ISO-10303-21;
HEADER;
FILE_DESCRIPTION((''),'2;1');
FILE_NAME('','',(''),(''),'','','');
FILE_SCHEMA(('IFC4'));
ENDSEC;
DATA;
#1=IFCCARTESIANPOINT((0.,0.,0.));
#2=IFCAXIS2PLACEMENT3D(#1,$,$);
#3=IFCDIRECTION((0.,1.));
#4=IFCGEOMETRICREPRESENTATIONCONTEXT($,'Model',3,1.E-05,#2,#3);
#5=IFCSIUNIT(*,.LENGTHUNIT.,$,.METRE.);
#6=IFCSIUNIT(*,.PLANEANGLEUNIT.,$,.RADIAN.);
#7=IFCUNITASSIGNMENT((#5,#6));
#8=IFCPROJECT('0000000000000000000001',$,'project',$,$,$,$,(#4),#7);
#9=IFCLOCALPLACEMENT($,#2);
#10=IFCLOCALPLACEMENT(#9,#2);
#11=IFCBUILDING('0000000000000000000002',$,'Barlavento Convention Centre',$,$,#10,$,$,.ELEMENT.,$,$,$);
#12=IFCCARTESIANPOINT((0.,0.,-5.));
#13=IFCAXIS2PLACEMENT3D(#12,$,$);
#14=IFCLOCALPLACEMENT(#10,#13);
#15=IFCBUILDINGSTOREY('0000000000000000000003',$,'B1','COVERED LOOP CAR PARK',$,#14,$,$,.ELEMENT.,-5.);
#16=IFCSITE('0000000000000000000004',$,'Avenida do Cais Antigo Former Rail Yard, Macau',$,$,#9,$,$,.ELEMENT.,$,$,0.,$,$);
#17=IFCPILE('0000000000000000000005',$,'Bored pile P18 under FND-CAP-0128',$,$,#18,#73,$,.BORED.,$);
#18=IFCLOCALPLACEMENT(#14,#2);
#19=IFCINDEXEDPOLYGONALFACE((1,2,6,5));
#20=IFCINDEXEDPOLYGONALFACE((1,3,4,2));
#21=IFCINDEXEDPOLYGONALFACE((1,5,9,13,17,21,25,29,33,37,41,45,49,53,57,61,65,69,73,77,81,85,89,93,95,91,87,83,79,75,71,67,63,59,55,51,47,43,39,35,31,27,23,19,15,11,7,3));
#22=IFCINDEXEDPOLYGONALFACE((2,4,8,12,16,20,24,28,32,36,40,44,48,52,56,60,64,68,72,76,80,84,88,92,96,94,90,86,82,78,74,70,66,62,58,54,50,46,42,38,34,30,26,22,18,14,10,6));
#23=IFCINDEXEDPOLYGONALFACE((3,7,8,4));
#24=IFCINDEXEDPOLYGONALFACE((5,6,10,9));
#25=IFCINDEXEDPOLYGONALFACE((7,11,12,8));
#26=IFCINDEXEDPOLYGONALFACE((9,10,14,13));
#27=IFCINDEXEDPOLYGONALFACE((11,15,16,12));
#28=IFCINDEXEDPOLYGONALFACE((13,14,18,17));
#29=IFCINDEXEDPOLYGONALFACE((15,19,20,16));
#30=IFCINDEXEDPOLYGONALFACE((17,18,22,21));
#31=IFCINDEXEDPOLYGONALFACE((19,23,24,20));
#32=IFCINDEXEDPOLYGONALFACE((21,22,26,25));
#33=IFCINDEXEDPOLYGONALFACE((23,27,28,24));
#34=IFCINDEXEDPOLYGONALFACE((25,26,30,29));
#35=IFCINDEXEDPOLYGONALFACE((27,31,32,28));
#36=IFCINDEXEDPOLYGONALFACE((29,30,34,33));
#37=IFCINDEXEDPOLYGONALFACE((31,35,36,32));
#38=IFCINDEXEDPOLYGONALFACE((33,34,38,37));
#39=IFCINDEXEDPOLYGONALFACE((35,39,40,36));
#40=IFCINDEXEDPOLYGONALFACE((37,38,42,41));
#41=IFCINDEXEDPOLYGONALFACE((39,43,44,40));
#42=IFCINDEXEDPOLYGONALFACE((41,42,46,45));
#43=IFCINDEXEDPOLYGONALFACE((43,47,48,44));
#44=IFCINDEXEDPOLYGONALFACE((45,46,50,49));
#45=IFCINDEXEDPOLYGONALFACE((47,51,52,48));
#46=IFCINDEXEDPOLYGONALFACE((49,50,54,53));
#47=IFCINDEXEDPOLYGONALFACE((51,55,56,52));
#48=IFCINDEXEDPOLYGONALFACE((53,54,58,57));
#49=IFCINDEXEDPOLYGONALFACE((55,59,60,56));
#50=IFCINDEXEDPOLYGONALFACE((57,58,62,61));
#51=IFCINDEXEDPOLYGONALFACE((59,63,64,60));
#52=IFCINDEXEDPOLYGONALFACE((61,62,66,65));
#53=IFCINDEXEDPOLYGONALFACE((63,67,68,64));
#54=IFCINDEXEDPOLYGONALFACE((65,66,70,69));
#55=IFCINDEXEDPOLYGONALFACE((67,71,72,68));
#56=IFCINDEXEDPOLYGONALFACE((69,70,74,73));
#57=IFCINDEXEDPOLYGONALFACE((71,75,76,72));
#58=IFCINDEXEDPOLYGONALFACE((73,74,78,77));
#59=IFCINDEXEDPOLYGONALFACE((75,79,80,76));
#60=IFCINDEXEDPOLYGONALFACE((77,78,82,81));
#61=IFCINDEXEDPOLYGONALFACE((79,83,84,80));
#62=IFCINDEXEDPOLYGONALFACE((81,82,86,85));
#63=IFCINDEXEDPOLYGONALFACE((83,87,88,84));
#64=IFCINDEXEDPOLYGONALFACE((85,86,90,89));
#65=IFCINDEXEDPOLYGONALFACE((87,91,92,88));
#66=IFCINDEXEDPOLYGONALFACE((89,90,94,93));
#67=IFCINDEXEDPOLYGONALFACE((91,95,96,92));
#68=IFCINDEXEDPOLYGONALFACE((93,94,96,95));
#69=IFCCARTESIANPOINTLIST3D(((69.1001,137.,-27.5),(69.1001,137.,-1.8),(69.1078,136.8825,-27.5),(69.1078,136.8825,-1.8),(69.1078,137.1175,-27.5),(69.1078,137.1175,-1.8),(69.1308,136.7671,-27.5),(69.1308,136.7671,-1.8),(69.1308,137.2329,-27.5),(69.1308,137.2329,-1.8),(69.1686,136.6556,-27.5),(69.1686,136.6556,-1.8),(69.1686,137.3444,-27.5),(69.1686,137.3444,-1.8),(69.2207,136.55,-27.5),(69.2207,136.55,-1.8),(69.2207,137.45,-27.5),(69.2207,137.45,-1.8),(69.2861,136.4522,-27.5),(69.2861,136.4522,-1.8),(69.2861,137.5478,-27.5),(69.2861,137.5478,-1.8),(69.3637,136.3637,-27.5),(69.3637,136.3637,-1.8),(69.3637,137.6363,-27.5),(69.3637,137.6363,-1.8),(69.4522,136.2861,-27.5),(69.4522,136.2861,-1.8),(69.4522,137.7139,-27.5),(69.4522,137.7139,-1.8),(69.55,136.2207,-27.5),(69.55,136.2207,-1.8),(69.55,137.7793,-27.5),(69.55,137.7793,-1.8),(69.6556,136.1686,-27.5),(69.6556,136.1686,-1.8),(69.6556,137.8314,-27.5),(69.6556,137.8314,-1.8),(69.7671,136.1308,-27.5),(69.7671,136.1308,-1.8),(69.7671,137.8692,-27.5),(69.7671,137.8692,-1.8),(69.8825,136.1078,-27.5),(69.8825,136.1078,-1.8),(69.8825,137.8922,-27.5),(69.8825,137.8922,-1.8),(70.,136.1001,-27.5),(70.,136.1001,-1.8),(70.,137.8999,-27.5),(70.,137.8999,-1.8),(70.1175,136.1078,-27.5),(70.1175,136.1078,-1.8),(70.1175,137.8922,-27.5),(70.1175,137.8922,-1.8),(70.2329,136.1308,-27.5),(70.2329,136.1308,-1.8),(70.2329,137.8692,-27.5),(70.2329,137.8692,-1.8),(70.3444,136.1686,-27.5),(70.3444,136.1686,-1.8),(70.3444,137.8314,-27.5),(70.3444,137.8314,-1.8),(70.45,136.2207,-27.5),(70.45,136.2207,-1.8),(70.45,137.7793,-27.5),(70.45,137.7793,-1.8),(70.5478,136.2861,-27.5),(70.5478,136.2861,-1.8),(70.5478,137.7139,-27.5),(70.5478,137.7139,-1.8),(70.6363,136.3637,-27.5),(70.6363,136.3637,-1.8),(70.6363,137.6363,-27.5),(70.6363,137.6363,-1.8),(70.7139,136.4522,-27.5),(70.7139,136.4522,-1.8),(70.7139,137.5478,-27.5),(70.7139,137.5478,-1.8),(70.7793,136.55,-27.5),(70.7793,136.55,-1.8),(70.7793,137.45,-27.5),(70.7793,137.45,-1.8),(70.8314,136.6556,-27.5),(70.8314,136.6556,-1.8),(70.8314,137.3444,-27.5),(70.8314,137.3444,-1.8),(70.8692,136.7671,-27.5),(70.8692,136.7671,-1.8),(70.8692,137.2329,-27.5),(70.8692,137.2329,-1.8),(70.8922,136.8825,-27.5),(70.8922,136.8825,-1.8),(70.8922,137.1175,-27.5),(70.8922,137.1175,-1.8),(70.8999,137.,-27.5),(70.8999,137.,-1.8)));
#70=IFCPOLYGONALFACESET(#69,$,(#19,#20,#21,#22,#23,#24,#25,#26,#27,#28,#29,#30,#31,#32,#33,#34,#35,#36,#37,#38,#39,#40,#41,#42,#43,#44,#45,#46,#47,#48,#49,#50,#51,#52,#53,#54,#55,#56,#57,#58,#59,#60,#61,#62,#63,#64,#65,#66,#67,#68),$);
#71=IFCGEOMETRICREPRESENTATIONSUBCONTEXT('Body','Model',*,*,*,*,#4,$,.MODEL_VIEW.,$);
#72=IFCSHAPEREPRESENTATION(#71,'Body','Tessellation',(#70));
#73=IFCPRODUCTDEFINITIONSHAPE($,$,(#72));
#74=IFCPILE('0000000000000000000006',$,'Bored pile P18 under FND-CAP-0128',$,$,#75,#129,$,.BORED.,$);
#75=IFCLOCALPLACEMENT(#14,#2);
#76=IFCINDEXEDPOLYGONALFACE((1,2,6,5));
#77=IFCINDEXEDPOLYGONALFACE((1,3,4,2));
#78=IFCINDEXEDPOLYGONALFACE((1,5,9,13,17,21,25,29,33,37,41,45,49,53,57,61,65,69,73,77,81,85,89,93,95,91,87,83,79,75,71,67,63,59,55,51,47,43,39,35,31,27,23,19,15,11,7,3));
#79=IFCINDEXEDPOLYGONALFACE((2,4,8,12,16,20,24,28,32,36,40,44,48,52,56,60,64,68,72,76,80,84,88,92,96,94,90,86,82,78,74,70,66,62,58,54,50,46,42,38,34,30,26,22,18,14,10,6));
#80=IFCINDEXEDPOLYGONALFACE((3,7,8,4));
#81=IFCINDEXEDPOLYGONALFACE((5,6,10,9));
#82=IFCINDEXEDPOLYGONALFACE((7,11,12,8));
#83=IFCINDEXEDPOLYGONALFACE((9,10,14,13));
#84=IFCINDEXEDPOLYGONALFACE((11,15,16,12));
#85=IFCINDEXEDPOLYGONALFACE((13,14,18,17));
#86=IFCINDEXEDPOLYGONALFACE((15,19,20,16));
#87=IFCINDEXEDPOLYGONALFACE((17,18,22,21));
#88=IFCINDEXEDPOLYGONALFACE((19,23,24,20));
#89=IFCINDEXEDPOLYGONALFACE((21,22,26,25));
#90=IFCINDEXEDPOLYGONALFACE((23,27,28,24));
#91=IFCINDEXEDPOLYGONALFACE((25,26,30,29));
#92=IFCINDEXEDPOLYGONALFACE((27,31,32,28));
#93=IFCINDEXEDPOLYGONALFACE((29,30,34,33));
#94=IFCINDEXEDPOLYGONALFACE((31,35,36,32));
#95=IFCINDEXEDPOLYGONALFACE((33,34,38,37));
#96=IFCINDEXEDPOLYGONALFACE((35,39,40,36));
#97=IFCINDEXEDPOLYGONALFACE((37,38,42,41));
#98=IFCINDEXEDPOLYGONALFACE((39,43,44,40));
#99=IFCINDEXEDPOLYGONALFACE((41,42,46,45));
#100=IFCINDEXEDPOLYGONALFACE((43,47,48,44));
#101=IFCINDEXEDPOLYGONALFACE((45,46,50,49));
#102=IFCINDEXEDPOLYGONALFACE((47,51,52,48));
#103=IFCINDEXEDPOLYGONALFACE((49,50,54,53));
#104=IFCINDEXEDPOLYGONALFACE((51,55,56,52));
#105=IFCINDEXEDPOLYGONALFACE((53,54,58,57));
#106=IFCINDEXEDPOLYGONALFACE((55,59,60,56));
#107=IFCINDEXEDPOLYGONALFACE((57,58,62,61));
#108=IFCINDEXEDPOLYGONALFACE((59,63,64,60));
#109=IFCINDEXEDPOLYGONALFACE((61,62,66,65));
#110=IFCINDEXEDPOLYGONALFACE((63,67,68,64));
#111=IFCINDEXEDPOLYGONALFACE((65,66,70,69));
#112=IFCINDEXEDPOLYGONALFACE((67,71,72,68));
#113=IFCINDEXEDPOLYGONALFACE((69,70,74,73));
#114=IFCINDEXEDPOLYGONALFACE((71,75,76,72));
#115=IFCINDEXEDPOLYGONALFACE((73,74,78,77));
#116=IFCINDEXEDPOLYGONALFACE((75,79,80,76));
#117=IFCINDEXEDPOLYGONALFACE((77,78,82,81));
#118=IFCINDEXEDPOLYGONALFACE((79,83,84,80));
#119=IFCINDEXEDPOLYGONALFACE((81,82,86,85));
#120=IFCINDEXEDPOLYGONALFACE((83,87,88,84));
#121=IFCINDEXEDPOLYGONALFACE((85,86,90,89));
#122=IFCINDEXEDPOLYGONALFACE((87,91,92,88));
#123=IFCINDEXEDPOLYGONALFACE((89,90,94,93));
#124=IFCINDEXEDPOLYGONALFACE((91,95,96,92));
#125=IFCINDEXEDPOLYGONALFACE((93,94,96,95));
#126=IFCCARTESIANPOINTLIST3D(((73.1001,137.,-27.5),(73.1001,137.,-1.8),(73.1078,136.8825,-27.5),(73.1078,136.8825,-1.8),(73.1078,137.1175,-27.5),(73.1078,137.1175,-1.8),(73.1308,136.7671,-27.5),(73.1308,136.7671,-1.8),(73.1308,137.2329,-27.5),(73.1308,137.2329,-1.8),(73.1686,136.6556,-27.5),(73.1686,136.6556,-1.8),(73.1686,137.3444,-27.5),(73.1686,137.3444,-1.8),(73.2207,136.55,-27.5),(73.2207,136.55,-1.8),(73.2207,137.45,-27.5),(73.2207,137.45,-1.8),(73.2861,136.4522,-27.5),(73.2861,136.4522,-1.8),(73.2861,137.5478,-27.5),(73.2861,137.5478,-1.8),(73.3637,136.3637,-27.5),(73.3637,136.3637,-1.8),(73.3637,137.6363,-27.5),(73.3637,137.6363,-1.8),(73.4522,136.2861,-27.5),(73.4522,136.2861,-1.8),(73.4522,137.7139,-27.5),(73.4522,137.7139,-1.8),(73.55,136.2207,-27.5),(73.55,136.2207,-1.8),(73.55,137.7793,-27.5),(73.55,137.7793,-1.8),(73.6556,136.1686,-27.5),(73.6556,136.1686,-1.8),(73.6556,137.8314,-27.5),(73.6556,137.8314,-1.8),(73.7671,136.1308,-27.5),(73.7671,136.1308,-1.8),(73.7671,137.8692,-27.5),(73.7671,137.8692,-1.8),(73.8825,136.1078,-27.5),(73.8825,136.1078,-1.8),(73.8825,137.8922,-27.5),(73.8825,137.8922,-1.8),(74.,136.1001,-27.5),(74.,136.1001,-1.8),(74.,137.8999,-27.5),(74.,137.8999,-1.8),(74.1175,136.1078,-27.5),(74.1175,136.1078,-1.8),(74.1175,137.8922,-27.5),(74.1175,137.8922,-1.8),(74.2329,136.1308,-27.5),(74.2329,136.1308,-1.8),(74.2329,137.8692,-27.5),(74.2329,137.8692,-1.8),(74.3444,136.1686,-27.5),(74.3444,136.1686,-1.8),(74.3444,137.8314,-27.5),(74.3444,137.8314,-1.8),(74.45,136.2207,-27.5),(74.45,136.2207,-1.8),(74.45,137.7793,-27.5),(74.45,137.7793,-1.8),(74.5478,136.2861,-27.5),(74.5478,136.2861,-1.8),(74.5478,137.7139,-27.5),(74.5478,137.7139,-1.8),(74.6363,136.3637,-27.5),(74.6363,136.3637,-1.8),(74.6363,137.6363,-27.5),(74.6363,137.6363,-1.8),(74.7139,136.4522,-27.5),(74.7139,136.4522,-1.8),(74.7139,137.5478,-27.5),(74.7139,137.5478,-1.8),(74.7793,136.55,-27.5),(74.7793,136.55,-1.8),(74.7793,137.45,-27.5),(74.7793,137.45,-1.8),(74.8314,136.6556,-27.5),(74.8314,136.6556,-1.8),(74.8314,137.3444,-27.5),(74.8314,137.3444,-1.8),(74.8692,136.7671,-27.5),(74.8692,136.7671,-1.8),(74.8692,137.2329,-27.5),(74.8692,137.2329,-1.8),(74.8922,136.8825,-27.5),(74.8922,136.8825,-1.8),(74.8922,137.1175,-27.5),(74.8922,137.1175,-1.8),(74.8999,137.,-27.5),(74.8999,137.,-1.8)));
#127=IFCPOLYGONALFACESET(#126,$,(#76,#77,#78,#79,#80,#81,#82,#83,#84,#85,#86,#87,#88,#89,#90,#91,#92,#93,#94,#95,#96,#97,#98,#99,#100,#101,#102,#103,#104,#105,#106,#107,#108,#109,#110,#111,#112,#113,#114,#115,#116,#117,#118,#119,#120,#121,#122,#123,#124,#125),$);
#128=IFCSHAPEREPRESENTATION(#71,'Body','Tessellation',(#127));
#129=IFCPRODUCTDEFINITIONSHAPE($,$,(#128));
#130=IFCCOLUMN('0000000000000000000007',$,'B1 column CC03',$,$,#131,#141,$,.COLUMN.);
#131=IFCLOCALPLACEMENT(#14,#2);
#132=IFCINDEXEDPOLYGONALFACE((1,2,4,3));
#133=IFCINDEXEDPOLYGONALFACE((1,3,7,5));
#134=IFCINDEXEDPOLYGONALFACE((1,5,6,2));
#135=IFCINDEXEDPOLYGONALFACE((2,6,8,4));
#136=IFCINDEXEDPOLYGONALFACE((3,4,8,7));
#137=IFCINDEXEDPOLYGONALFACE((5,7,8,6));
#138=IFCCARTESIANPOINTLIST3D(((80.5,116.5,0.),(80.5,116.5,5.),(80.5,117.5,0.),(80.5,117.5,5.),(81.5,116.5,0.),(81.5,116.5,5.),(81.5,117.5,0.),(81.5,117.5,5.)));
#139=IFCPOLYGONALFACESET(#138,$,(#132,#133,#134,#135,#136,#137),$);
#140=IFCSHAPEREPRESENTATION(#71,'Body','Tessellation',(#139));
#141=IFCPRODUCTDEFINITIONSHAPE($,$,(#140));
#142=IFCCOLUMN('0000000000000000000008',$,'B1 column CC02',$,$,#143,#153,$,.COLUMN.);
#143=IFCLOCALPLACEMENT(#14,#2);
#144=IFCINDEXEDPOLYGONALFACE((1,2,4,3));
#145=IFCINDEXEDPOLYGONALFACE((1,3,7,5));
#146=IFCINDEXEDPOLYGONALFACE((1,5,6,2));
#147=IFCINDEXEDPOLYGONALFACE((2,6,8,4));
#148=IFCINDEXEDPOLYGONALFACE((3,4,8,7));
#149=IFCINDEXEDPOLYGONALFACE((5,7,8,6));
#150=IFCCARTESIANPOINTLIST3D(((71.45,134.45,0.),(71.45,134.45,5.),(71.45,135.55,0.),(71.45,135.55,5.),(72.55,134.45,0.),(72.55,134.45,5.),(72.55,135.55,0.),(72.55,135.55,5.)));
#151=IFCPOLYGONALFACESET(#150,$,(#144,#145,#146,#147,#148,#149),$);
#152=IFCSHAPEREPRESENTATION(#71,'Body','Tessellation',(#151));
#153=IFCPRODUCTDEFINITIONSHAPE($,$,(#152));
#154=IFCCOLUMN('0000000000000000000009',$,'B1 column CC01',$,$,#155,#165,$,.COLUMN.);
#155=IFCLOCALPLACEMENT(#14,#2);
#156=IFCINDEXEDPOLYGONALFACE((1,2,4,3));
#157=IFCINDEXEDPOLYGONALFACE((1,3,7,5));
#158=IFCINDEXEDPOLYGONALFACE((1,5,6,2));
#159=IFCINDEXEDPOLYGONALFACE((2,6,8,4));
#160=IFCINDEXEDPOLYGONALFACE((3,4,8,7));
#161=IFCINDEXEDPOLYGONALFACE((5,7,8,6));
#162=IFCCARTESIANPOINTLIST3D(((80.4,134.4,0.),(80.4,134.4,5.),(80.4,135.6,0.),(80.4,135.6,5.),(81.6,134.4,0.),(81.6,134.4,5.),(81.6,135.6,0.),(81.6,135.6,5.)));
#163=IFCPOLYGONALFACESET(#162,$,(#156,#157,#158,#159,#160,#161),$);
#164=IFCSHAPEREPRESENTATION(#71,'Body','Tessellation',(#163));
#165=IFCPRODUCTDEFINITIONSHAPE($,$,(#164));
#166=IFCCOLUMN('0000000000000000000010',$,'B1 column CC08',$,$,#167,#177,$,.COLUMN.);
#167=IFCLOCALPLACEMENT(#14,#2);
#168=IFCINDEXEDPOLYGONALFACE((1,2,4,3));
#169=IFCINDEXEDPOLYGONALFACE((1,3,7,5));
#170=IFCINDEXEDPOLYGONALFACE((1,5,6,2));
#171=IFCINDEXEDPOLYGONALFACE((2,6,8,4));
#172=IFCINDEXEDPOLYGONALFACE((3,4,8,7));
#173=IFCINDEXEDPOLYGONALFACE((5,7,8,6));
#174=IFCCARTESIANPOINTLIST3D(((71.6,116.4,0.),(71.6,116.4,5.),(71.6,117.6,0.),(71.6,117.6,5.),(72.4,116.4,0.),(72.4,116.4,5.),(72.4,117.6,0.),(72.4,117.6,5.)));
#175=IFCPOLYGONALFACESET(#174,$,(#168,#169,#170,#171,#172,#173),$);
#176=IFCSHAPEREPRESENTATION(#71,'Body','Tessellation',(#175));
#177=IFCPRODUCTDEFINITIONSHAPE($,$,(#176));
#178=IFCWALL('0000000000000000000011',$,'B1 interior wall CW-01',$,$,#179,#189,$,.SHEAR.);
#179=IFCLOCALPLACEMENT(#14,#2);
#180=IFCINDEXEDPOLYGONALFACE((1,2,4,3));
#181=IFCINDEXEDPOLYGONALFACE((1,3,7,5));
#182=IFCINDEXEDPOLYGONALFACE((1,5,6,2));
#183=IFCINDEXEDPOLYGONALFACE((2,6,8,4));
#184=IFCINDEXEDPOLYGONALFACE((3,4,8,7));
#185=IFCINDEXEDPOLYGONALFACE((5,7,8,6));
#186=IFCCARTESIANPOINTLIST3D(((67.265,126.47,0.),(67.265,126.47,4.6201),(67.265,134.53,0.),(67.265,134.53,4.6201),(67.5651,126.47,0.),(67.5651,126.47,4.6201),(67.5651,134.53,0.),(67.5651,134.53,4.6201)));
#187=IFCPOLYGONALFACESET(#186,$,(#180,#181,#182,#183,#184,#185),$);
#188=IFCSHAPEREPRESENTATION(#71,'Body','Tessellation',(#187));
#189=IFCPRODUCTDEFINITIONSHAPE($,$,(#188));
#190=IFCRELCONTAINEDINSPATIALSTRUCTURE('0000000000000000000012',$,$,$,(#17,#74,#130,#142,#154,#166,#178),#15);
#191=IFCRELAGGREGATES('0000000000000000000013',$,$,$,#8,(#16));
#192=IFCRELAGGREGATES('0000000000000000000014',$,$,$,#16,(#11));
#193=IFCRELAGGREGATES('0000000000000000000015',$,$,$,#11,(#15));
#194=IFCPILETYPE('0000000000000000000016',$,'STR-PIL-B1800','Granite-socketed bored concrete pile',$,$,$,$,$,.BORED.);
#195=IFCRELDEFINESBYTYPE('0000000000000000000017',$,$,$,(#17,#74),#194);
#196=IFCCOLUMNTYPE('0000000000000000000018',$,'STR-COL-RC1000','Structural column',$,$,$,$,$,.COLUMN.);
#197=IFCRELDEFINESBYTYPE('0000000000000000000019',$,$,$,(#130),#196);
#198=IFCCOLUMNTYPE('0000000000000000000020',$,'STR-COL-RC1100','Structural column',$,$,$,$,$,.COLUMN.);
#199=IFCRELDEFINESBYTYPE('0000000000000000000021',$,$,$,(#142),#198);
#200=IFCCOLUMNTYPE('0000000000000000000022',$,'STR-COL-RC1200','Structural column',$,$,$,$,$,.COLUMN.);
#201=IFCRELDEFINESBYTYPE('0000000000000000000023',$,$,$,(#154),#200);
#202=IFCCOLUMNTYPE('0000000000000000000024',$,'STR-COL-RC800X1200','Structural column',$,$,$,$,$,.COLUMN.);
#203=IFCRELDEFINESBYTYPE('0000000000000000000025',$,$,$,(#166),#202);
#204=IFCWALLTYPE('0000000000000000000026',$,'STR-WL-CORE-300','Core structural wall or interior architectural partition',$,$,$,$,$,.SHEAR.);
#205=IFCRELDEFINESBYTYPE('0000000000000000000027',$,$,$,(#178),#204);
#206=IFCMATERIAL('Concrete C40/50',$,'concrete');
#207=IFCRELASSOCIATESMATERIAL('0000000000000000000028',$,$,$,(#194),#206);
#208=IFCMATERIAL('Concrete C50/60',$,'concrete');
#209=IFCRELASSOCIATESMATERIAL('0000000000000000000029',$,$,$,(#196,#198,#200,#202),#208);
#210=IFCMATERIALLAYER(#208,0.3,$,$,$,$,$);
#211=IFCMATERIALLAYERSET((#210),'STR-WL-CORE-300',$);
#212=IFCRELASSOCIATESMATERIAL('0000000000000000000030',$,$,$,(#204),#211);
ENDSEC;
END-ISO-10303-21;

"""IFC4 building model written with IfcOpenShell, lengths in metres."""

from ifc_helpers import new_model, si_unit, direction, frame, frame_2d, origin, origin_2d, place, context, subcontext, project, spatial, rectangle, circle, extrude, material, layer, layer_set, material_profile, profile_set, type_object, element, save


model = new_model("IFC4")

# Units and contexts
model_context = context("Model", 3, precision=1e-05, world=origin(), true_north=direction((0.0, 1.0)))
body_context = subcontext(model_context, "Body", "Model", "MODEL_VIEW")
ifc_project = project(units=[si_unit("LENGTHUNIT", "METRE"), si_unit("PLANEANGLEUNIT", "RADIAN")], contexts=[model_context])

# Site, building, storey
site_placement = place(None, origin())
site = spatial("IfcSite", under=ifc_project, at=site_placement, Name="Avenida do Cais Antigo Former Rail Yard, Macau", CompositionType="ELEMENT", RefElevation=0.0)
building_placement = place(site_placement, origin())
building = spatial("IfcBuilding", under=site, at=building_placement, Name="Barlavento Convention Centre", CompositionType="ELEMENT")
storey_placement = place(building_placement, frame((0.0, 0.0, -5.0)))
storey = spatial("IfcBuildingStorey", under=building, at=storey_placement, Name="B1", Description="COVERED LOOP CAR PARK", CompositionType="ELEMENT", Elevation=-5.0)

# Shared definitions
ifc_material_1 = material(Name="Concrete C40/50", Category="concrete")

# Piles
ifc_material_profile_1 = material_profile(ifc_material_1, circle(Radius=0.8999, at=origin_2d()), Name="BORED PILE 1800")
ifc_profile_set_1 = profile_set([ifc_material_profile_1], Name="Concrete C40/50")
pile_type_1 = type_object("IfcPileType", Name="STR-PIL-B1800", Description="Granite-socketed bored concrete pile", PredefinedType="BORED", material=ifc_profile_set_1)
for number, where, z_axis, x_axis, name in (
    (1, (70.0, 137.0, -1.8), (0.0, 0.0, -1.0), (1.0, 0.0, 0.0), "Bored pile P18 under FND-CAP-0128"),
    (2, (74.0, 137.0, -1.8), (0.0, 0.0, -1.0), (1.0, 0.0, 0.0), "Bored pile P18 under FND-CAP-0128"),
):
    element("IfcPile", number, at=place(storey_placement, frame(where, z_axis=z_axis, x_axis=x_axis)), inside=storey, type_object=pile_type_1, Name=name, PredefinedType="BORED", context=body_context, shape_type="SweptSolid", body=[
        extrude(circle(Radius=0.8999, at=origin_2d()), origin(), (0.0, 0.0, 1.0), 25.7),
    ])

# Columns
ifc_material_2 = material(Name="Concrete C50/60", Category="concrete")
ifc_material_profile_2 = material_profile(ifc_material_2, rectangle(XDim=1.0, YDim=1.0, at=origin_2d()), Name="RC 1000x1000")
ifc_profile_set_2 = profile_set([ifc_material_profile_2], Name="Concrete C50/60")
column_type_1 = type_object("IfcColumnType", Name="STR-COL-RC1000", Description="Structural column", PredefinedType="COLUMN", material=ifc_profile_set_2)
column_1_placement = place(storey_placement, frame((81.0, 117.0, 0.0), z_axis=(0.0, 0.0, 1.0), x_axis=(1.0, 0.0, 0.0)))
element("IfcColumn", 3, at=column_1_placement, inside=storey, type_object=column_type_1, Name="B1 column CC03", PredefinedType="COLUMN", context=body_context, shape_type="SweptSolid", body=[
    extrude(rectangle(XDim=1.0, YDim=1.0, at=origin_2d()), origin(), (0.0, 0.0, 1.0), 5.0),
])
ifc_material_profile_3 = material_profile(ifc_material_2, rectangle(XDim=1.1001, YDim=1.1001, at=origin_2d()), Name="RC 1100x1100")
ifc_profile_set_3 = profile_set([ifc_material_profile_3], Name="Concrete C50/60")
column_type_2 = type_object("IfcColumnType", Name="STR-COL-RC1100", Description="Structural column", PredefinedType="COLUMN", material=ifc_profile_set_3)
column_2_placement = place(storey_placement, frame((72.0, 135.0, 0.0), z_axis=(0.0, 0.0, 1.0), x_axis=(1.0, 0.0, 0.0)))
element("IfcColumn", 4, at=column_2_placement, inside=storey, type_object=column_type_2, Name="B1 column CC02", PredefinedType="COLUMN", context=body_context, shape_type="SweptSolid", body=[
    extrude(rectangle(XDim=1.1001, YDim=1.1001, at=origin_2d()), origin(), (0.0, 0.0, 1.0), 5.0),
])
ifc_material_profile_4 = material_profile(ifc_material_2, rectangle(XDim=1.2, YDim=1.2, at=origin_2d()), Name="RC 1200x1200")
ifc_profile_set_4 = profile_set([ifc_material_profile_4], Name="Concrete C50/60")
column_type_3 = type_object("IfcColumnType", Name="STR-COL-RC1200", Description="Structural column", PredefinedType="COLUMN", material=ifc_profile_set_4)
column_3_placement = place(storey_placement, frame((81.0, 135.0, 0.0), z_axis=(0.0, 0.0, 1.0), x_axis=(1.0, 0.0, 0.0)))
element("IfcColumn", 5, at=column_3_placement, inside=storey, type_object=column_type_3, Name="B1 column CC01", PredefinedType="COLUMN", context=body_context, shape_type="SweptSolid", body=[
    extrude(rectangle(XDim=1.2, YDim=1.2, at=origin_2d()), origin(), (0.0, 0.0, 1.0), 5.0),
])
ifc_material_profile_5 = material_profile(ifc_material_2, rectangle(XDim=0.8, YDim=1.2, at=origin_2d()), Name="RC 800x1200")
ifc_profile_set_5 = profile_set([ifc_material_profile_5], Name="Concrete C50/60")
column_type_4 = type_object("IfcColumnType", Name="STR-COL-RC800X1200", Description="Structural column", PredefinedType="COLUMN", material=ifc_profile_set_5)
column_4_placement = place(storey_placement, frame((72.0, 117.0, 0.0), z_axis=(0.0, 0.0, 1.0), x_axis=(1.0, 0.0, 0.0)))
element("IfcColumn", 6, at=column_4_placement, inside=storey, type_object=column_type_4, Name="B1 column CC08", PredefinedType="COLUMN", context=body_context, shape_type="SweptSolid", body=[
    extrude(rectangle(XDim=0.8, YDim=1.2, at=origin_2d()), origin(), (0.0, 0.0, 1.0), 5.0),
])

# Wall
ifc_layer = layer(ifc_material_2, 0.3)
ifc_layer_set = layer_set([ifc_layer], Name="STR-WL-CORE-300")
wall_type = type_object("IfcWallType", Name="STR-WL-CORE-300", Description="Core structural wall or interior architectural partition", PredefinedType="SHEAR", material=ifc_layer_set)
wall_placement = place(storey_placement, frame((67.415, 126.47, 0.0), z_axis=(0.0, 0.0, 1.0), x_axis=(0.0, 1.0, 0.0)))
element("IfcWall", 7, at=wall_placement, inside=storey, type_object=wall_type, Name="B1 interior wall CW-01", PredefinedType="SHEAR", context=body_context, shape_type="SweptSolid", body=[
    extrude(rectangle(XDim=8.0601, YDim=0.3, at=frame_2d((4.03, 0.0))), origin(), (0.0, 0.0, 1.0), 4.6201),
])

save(model, "model.ifc")
